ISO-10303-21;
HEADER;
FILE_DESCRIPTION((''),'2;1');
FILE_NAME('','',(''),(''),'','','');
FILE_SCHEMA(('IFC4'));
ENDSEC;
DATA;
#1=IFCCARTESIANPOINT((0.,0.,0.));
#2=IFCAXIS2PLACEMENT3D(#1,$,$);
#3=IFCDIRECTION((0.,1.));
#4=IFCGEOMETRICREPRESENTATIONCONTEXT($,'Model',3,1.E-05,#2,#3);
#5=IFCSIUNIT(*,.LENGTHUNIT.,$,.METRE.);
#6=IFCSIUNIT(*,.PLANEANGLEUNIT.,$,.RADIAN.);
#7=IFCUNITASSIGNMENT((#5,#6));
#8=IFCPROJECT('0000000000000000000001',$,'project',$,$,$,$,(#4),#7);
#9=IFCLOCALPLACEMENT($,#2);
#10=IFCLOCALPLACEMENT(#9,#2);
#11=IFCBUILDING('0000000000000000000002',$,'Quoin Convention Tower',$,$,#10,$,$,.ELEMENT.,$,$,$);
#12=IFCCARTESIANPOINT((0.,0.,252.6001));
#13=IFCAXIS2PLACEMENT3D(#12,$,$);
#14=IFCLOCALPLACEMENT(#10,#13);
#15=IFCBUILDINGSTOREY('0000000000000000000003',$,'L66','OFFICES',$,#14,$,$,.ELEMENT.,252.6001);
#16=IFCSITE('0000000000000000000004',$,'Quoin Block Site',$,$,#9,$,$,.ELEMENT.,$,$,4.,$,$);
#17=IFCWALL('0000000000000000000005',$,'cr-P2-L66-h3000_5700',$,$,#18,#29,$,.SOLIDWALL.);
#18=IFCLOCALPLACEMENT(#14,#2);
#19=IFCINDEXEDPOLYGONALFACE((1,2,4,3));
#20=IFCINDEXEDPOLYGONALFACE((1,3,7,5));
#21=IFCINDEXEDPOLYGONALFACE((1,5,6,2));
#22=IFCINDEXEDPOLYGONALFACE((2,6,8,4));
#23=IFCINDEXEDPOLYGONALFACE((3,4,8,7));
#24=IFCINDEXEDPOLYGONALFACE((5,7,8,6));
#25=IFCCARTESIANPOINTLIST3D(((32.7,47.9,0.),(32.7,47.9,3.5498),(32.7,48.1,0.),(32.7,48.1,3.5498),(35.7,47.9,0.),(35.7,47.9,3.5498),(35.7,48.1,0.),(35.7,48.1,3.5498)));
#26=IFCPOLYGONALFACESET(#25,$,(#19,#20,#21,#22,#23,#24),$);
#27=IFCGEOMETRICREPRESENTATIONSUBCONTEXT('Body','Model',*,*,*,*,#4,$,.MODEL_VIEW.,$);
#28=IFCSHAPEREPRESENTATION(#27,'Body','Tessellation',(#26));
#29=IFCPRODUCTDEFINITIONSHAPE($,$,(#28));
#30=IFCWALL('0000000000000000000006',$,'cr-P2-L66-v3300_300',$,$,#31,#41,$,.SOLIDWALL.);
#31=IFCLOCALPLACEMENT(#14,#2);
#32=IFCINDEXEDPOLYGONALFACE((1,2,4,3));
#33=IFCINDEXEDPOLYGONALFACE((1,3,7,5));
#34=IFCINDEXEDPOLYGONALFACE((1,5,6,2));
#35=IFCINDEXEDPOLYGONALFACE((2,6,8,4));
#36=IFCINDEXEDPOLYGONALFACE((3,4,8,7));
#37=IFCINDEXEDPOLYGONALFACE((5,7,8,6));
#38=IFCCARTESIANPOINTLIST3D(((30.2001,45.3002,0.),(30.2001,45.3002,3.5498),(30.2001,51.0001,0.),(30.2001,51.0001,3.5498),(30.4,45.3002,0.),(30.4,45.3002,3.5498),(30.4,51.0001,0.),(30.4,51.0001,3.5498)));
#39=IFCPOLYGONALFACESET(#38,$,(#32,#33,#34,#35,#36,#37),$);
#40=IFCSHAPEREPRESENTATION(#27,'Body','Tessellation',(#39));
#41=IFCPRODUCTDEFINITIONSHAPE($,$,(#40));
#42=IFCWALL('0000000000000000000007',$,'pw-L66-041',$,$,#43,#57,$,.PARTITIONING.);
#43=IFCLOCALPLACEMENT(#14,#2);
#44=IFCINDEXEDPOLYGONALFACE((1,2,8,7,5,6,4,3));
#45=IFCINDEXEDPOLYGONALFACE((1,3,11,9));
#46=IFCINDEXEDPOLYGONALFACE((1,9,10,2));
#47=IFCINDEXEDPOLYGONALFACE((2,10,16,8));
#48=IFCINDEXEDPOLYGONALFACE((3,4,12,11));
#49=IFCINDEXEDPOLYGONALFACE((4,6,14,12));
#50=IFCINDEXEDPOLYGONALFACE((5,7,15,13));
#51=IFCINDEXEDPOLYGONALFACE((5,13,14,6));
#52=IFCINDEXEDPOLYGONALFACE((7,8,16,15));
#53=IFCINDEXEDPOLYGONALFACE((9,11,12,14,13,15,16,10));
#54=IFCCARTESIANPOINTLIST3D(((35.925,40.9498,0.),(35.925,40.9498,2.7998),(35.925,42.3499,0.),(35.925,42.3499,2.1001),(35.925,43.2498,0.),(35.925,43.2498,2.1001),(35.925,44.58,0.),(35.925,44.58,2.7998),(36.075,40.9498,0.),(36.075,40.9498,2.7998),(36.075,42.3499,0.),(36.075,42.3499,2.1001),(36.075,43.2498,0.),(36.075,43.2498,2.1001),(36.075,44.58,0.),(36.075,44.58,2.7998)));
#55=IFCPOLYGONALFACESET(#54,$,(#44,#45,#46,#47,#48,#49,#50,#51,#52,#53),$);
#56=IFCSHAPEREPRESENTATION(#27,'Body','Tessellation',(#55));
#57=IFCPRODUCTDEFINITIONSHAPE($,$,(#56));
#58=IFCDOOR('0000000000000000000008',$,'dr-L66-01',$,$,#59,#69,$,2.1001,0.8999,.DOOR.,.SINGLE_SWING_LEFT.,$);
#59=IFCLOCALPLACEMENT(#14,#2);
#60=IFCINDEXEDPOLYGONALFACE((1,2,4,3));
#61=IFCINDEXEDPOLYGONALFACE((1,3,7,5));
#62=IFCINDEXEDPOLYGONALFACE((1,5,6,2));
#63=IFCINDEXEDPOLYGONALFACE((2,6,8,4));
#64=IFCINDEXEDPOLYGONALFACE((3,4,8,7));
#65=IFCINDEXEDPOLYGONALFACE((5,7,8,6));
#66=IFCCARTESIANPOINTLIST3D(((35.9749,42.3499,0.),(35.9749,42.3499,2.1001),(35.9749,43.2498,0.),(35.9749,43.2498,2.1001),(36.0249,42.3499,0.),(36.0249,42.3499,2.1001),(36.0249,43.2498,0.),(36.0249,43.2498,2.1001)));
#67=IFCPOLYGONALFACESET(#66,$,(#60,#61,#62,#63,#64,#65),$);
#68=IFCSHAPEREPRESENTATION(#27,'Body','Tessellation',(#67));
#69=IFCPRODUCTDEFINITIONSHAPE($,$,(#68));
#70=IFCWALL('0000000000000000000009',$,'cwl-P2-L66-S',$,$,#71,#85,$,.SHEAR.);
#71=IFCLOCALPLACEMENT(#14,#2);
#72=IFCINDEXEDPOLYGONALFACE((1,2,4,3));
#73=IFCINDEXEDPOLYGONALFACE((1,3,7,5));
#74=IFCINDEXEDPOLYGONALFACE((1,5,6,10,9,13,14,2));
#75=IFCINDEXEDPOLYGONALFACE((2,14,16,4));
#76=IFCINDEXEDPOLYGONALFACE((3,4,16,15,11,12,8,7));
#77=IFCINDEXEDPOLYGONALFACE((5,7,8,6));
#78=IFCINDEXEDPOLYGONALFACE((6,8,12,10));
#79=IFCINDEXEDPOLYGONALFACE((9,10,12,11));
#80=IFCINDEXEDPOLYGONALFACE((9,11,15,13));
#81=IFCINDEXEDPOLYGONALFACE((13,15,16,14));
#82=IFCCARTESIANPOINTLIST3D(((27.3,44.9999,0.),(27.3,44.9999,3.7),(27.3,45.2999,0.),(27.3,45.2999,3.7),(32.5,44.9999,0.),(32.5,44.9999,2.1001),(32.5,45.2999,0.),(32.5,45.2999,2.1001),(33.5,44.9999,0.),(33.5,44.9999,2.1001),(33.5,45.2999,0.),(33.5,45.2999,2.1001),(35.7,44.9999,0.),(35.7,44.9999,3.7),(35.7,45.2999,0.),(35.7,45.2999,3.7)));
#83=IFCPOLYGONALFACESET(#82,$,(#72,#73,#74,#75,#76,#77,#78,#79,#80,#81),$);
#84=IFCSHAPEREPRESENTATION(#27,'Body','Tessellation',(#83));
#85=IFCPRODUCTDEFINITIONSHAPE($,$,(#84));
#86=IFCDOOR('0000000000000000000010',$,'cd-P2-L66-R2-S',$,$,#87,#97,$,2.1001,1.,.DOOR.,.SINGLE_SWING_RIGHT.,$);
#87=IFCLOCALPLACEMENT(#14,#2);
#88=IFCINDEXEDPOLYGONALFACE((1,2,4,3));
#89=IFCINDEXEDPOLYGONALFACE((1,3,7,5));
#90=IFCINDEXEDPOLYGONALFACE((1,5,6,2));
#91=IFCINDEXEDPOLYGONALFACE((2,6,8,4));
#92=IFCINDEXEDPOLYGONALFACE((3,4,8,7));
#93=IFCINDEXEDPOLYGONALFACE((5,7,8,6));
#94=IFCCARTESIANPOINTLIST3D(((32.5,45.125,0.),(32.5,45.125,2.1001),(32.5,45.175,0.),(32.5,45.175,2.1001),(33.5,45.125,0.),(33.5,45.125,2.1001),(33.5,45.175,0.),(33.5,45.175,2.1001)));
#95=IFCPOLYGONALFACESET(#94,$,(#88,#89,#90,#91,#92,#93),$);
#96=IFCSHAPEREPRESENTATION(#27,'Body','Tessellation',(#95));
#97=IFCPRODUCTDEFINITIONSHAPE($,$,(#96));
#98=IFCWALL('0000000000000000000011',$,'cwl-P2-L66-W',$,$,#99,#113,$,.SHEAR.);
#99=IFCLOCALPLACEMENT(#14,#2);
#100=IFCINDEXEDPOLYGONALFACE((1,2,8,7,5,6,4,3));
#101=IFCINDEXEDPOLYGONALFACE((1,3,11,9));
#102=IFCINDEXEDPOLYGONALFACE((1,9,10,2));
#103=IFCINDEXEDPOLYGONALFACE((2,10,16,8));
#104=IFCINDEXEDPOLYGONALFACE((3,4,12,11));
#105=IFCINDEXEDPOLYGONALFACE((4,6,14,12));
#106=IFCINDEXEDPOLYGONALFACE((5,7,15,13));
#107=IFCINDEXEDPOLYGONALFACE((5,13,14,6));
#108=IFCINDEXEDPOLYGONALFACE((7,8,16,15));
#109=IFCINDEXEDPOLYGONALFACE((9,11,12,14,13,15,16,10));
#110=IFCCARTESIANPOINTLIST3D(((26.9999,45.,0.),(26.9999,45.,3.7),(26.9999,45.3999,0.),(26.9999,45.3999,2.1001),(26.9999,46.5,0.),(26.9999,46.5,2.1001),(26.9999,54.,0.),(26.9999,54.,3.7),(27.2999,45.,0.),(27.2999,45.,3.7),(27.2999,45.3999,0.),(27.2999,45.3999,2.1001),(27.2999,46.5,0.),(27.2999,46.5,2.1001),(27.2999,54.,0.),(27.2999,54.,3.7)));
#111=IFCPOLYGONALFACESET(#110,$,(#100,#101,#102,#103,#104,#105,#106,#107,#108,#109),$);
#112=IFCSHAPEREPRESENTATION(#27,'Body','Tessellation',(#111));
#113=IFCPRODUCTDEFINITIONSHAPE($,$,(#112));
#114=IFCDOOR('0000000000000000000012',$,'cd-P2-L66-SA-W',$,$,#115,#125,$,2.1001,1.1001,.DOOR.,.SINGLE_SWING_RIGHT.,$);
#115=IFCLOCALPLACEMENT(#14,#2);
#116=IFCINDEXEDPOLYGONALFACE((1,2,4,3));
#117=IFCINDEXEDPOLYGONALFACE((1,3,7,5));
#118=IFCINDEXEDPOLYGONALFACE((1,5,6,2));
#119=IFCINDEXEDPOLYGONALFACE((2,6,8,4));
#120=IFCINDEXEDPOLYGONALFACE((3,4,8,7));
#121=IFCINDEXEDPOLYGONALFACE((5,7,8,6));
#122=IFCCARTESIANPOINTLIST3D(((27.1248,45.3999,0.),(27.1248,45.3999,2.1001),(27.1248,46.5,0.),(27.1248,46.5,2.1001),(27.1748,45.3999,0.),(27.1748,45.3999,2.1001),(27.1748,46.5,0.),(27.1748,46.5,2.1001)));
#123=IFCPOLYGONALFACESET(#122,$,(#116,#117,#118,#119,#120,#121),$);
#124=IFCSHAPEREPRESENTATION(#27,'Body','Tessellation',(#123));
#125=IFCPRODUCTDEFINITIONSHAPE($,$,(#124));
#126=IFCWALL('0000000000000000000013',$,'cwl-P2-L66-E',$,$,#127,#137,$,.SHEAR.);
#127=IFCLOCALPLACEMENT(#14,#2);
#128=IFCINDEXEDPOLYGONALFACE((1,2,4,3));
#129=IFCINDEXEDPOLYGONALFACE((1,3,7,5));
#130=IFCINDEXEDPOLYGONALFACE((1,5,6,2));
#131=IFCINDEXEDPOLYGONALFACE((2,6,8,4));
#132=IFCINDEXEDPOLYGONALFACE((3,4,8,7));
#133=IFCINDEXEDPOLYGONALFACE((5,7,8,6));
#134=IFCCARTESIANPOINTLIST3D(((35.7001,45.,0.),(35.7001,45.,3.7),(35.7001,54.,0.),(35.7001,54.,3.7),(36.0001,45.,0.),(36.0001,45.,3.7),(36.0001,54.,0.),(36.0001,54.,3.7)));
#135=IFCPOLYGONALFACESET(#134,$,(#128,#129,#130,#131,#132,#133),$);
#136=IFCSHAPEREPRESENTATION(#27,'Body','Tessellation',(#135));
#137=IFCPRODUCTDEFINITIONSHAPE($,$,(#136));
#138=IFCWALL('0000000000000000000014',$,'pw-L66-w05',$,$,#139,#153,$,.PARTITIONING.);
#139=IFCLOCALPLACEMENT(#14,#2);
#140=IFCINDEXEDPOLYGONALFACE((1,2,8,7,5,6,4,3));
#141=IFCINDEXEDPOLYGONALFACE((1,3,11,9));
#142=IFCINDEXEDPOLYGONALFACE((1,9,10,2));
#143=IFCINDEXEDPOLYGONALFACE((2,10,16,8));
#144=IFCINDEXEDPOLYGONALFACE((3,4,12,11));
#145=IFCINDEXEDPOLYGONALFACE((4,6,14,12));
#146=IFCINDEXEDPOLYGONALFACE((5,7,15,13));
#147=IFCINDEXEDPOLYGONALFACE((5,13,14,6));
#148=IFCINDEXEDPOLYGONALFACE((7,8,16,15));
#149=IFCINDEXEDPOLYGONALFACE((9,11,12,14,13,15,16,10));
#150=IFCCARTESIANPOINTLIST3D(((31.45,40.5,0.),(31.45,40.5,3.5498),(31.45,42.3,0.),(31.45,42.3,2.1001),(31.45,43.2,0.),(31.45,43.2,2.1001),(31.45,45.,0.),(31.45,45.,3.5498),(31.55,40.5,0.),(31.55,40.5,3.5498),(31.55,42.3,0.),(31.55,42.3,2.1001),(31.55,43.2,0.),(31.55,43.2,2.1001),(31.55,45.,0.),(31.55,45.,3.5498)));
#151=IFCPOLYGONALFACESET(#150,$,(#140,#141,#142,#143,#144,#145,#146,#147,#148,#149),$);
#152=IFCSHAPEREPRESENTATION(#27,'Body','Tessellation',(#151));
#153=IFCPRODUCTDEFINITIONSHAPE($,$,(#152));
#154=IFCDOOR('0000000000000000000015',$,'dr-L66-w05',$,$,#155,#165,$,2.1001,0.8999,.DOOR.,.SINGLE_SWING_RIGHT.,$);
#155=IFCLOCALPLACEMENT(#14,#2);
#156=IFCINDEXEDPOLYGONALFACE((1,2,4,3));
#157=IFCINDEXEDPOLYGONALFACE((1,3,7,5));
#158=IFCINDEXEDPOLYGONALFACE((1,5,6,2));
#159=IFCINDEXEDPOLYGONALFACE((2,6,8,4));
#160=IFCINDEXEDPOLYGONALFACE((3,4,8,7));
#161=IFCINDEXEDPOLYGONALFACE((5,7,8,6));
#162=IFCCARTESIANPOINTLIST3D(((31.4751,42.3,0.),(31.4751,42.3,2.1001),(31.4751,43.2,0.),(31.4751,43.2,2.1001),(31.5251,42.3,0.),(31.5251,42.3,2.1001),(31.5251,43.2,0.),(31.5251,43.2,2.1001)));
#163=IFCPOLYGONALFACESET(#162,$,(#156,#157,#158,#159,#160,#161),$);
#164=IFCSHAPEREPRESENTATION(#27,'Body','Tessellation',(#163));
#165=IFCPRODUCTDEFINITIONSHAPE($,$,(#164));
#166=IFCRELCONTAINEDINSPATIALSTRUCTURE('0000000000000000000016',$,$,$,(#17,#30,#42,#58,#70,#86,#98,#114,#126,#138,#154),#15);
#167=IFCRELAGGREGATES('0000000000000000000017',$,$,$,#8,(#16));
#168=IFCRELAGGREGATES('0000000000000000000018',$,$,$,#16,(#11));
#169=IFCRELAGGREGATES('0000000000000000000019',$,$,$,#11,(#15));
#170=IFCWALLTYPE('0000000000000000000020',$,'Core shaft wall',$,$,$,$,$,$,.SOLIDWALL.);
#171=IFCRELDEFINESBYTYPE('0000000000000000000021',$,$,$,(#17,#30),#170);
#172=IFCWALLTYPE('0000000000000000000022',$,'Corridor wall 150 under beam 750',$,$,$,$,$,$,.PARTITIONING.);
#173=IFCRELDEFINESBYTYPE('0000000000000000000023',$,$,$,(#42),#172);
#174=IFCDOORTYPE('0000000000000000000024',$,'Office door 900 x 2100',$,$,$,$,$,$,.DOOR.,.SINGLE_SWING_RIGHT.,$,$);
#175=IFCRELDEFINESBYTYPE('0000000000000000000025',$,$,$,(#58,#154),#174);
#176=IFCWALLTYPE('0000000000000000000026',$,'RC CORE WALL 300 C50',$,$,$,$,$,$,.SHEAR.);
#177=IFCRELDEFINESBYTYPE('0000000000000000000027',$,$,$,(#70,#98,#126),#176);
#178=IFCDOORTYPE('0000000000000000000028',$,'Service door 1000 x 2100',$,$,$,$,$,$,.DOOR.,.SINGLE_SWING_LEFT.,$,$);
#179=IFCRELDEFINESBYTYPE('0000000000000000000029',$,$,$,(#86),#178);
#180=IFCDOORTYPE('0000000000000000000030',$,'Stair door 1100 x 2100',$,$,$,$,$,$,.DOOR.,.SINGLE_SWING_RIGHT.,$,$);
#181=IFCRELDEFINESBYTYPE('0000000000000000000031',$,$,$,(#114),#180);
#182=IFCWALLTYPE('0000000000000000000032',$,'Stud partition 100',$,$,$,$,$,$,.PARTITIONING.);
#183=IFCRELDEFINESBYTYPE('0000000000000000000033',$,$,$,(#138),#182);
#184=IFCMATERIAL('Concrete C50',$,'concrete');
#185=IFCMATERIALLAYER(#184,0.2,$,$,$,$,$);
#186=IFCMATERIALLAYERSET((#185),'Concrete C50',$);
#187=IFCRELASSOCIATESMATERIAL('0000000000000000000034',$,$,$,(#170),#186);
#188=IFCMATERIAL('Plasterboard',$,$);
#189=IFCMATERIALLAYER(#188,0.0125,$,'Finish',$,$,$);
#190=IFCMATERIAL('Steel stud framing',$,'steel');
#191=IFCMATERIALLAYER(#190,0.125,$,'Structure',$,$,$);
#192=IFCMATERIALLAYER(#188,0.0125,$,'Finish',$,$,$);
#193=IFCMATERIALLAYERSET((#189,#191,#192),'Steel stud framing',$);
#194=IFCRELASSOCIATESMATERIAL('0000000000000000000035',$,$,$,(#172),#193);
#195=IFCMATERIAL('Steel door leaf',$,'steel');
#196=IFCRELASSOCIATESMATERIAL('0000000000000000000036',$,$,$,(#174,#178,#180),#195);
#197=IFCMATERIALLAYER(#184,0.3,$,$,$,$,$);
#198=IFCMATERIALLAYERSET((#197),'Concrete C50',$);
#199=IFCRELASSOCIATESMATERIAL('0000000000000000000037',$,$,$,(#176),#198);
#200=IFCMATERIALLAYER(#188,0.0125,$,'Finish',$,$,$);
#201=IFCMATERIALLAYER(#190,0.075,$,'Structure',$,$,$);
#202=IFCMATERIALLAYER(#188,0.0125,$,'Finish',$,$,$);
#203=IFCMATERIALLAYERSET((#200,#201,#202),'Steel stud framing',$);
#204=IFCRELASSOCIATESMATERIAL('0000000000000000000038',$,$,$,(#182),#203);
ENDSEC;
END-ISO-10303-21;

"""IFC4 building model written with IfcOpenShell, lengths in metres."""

from ifc_helpers import new_model, si_unit, direction, frame, frame_2d, origin, place, context, subcontext, project, spatial, rectangle, extrude, material, layer, layer_set, type_object, element, fill, save


model = new_model("IFC4")

# Units and contexts
model_context = context("Model", 3, precision=1e-05, world=origin(), true_north=direction((0.0, 1.0)))
body_context = subcontext(model_context, "Body", "Model", "MODEL_VIEW")
ifc_project = project(units=[si_unit("LENGTHUNIT", "METRE"), si_unit("PLANEANGLEUNIT", "RADIAN")], contexts=[model_context])

# Site, building, storey
site_placement = place(None, origin())
site = spatial("IfcSite", under=ifc_project, at=site_placement, Name="Quoin Block Site", CompositionType="ELEMENT", RefElevation=4.0)
building_placement = place(site_placement, origin())
building = spatial("IfcBuilding", under=site, at=building_placement, Name="Quoin Convention Tower", CompositionType="ELEMENT")
storey_placement = place(building_placement, frame((0.0, 0.0, 252.6001)))
storey = spatial("IfcBuildingStorey", under=building, at=storey_placement, Name="L66", Description="OFFICES", CompositionType="ELEMENT", Elevation=252.6001)

# Shared definitions
ifc_material_1 = material(Name="Concrete C50", Category="concrete")

# Walls
ifc_layer_1 = layer(ifc_material_1, 0.2)
ifc_layer_set_1 = layer_set([ifc_layer_1], Name="Concrete C50")
wall_type_1 = type_object("IfcWallType", Name="Core shaft wall", PredefinedType="SOLIDWALL", material=ifc_layer_set_1)
wall_1_placement = place(storey_placement, frame((32.7, 48.0, 0.0), z_axis=(0.0, 0.0, 1.0), x_axis=(1.0, 0.0, 0.0)))
element("IfcWall", 1, at=wall_1_placement, inside=storey, type_object=wall_type_1, Name="cr-P2-L66-h3000_5700", PredefinedType="SOLIDWALL", context=body_context, shape_type="SweptSolid", body=[
    extrude(rectangle(XDim=3.0, YDim=0.2, at=frame_2d((1.5, 0.0))), origin(), (0.0, 0.0, 1.0), 3.5498),
])
wall_2_placement = place(storey_placement, frame((30.3, 45.3, 0.0), z_axis=(0.0, 0.0, 1.0), x_axis=(0.0, 1.0, 0.0)))
element("IfcWall", 2, at=wall_2_placement, inside=storey, type_object=wall_type_1, Name="cr-P2-L66-v3300_300", PredefinedType="SOLIDWALL", context=body_context, shape_type="SweptSolid", body=[
    extrude(rectangle(XDim=5.7, YDim=0.2, at=frame_2d((2.8501, 0.0))), origin(), (0.0, 0.0, 1.0), 3.5498),
])

# Walls, openings, doors
ifc_material_2 = material(Name="Plasterboard")
ifc_layer_2 = layer(ifc_material_2, 0.0125, Name="Finish")
ifc_material_3 = material(Name="Steel stud framing", Category="steel")
ifc_layer_3 = layer(ifc_material_3, 0.125, Name="Structure")
ifc_layer_4 = layer(ifc_material_2, 0.0125, Name="Finish")
ifc_layer_set_2 = layer_set([ifc_layer_2, ifc_layer_3, ifc_layer_4], Name="Steel stud framing")
wall_type_2 = type_object("IfcWallType", Name="Corridor wall 150 under beam 750", PredefinedType="PARTITIONING", material=ifc_layer_set_2)
wall_3_placement = place(storey_placement, frame((36.0, 40.95, 0.0), z_axis=(0.0, 0.0, 1.0), x_axis=(0.0, 1.0, 0.0)))
wall_3 = element("IfcWall", 3, at=wall_3_placement, inside=storey, type_object=wall_type_2, Name="pw-L66-041", PredefinedType="PARTITIONING", context=body_context, shape_type="SweptSolid", body=[
    extrude(rectangle(XDim=3.6301, YDim=0.1499, at=frame_2d((1.8149, 0.0))), origin(), (0.0, 0.0, 1.0), 2.7998),
])
opening_1_placement = place(wall_3_placement, frame((1.3999, 0.0, 0.0)))
opening_1 = element("IfcOpeningElement", 4, at=opening_1_placement, cuts=wall_3, PredefinedType="OPENING", context=body_context, shape_type="SweptSolid", body=[
    extrude(rectangle(XDim=0.8999, YDim=2.1001, at=frame_2d((0.45, 1.05))), frame((0.0, 0.085, 0.0), z_axis=(0.0, -1.0, 0.0), x_axis=(1.0, 0.0, 0.0)), (0.0, 0.0, 1.0), 0.1699),
])
ifc_material_4 = material(Name="Steel door leaf", Category="steel")
door_type_1 = type_object("IfcDoorType", Name="Office door 900 x 2100", OperationType="SINGLE_SWING_RIGHT", PredefinedType="DOOR", material=ifc_material_4)
door_1_placement = place(opening_1_placement, frame((0.8999, 0.0, 0.0), z_axis=(0.0, 0.0, 1.0), x_axis=(-1.0, 0.0, 0.0)))
door_1 = element("IfcDoor", 5, at=door_1_placement, inside=storey, type_object=door_type_1, Name="dr-L66-01", OperationType="SINGLE_SWING_LEFT", OverallHeight=2.1001, OverallWidth=0.8999, PredefinedType="DOOR", context=body_context, shape_type="SweptSolid", body=[
    extrude(rectangle(XDim=0.8999, YDim=2.1001, at=frame_2d((0.45, 1.05))), frame((0.0, 0.0249, 0.0), z_axis=(0.0, -1.0, 0.0), x_axis=(1.0, 0.0, 0.0)), (0.0, 0.0, 1.0), 0.05),
])
fill(opening_1, door_1)
ifc_layer_5 = layer(ifc_material_1, 0.3)
ifc_layer_set_3 = layer_set([ifc_layer_5], Name="Concrete C50")
wall_type_3 = type_object("IfcWallType", Name="RC CORE WALL 300 C50", PredefinedType="SHEAR", material=ifc_layer_set_3)
wall_4_placement = place(storey_placement, frame((27.3, 45.1499, 0.0), z_axis=(0.0, 0.0, 1.0), x_axis=(1.0, 0.0, 0.0)))
wall_4 = element("IfcWall", 6, at=wall_4_placement, inside=storey, type_object=wall_type_3, Name="cwl-P2-L66-S", PredefinedType="SHEAR", context=body_context, shape_type="SweptSolid", body=[
    extrude(rectangle(XDim=8.3999, YDim=0.3, at=frame_2d((4.2, 0.0))), origin(), (0.0, 0.0, 1.0), 3.7),
])
opening_2_placement = place(wall_4_placement, frame((5.2, 0.0, 0.0)))
opening_2 = element("IfcOpeningElement", 7, at=opening_2_placement, cuts=wall_4, PredefinedType="OPENING", context=body_context, shape_type="SweptSolid", body=[
    extrude(rectangle(XDim=1.0, YDim=2.1001, at=frame_2d((0.5, 1.05))), frame((0.0, 0.1599, 0.0), z_axis=(0.0, -1.0, 0.0), x_axis=(1.0, 0.0, 0.0)), (0.0, 0.0, 1.0), 0.3201),
])
door_type_2 = type_object("IfcDoorType", Name="Service door 1000 x 2100", OperationType="SINGLE_SWING_LEFT", PredefinedType="DOOR", material=ifc_material_4)
door_2_placement = place(opening_2_placement, frame((1.0, 0.0, 0.0), z_axis=(0.0, 0.0, 1.0), x_axis=(-1.0, 0.0, 0.0)))
door_2 = element("IfcDoor", 8, at=door_2_placement, inside=storey, type_object=door_type_2, Name="cd-P2-L66-R2-S", OperationType="SINGLE_SWING_RIGHT", OverallHeight=2.1001, OverallWidth=1.0, PredefinedType="DOOR", context=body_context, shape_type="SweptSolid", body=[
    extrude(rectangle(XDim=1.0, YDim=2.1001, at=frame_2d((0.5, 1.05))), frame((0.0, 0.0249, 0.0), z_axis=(0.0, -1.0, 0.0), x_axis=(1.0, 0.0, 0.0)), (0.0, 0.0, 1.0), 0.05),
])
fill(opening_2, door_2)
wall_5_placement = place(storey_placement, frame((27.1499, 45.0, 0.0), z_axis=(0.0, 0.0, 1.0), x_axis=(0.0, 1.0, 0.0)))
wall_5 = element("IfcWall", 9, at=wall_5_placement, inside=storey, type_object=wall_type_3, Name="cwl-P2-L66-W", PredefinedType="SHEAR", context=body_context, shape_type="SweptSolid", body=[
    extrude(rectangle(XDim=9.0, YDim=0.3, at=frame_2d((4.5, 0.0))), origin(), (0.0, 0.0, 1.0), 3.7),
])
opening_3_placement = place(wall_5_placement, frame((0.3999, 0.0, 0.0)))
opening_3 = element("IfcOpeningElement", 10, at=opening_3_placement, cuts=wall_5, PredefinedType="OPENING", context=body_context, shape_type="SweptSolid", body=[
    extrude(rectangle(XDim=1.1001, YDim=2.1001, at=frame_2d((0.55, 1.05))), frame((0.0, 0.1599, 0.0), z_axis=(0.0, -1.0, 0.0), x_axis=(1.0, 0.0, 0.0)), (0.0, 0.0, 1.0), 0.3201),
])
door_type_3 = type_object("IfcDoorType", Name="Stair door 1100 x 2100", OperationType="SINGLE_SWING_RIGHT", PredefinedType="DOOR", material=ifc_material_4)
door_3_placement = place(opening_3_placement, frame((1.1001, 0.0, 0.0), z_axis=(0.0, 0.0, 1.0), x_axis=(-1.0, 0.0, 0.0)))
door_3 = element("IfcDoor", 11, at=door_3_placement, inside=storey, type_object=door_type_3, Name="cd-P2-L66-SA-W", OperationType="SINGLE_SWING_RIGHT", OverallHeight=2.1001, OverallWidth=1.1001, PredefinedType="DOOR", context=body_context, shape_type="SweptSolid", body=[
    extrude(rectangle(XDim=1.1001, YDim=2.1001, at=frame_2d((0.55, 1.05))), frame((0.0, 0.0249, 0.0), z_axis=(0.0, -1.0, 0.0), x_axis=(1.0, 0.0, 0.0)), (0.0, 0.0, 1.0), 0.05),
])
fill(opening_3, door_3)

# Wall
wall_6_placement = place(storey_placement, frame((35.8501, 45.0, 0.0), z_axis=(0.0, 0.0, 1.0), x_axis=(0.0, 1.0, 0.0)))
element("IfcWall", 12, at=wall_6_placement, inside=storey, type_object=wall_type_3, Name="cwl-P2-L66-E", PredefinedType="SHEAR", context=body_context, shape_type="SweptSolid", body=[
    extrude(rectangle(XDim=9.0, YDim=0.3, at=frame_2d((4.5, 0.0))), origin(), (0.0, 0.0, 1.0), 3.7),
])

# Wall, opening, door
ifc_layer_6 = layer(ifc_material_2, 0.0125, Name="Finish")
ifc_layer_7 = layer(ifc_material_3, 0.075, Name="Structure")
ifc_layer_8 = layer(ifc_material_2, 0.0125, Name="Finish")
ifc_layer_set_4 = layer_set([ifc_layer_6, ifc_layer_7, ifc_layer_8], Name="Steel stud framing")
wall_type_4 = type_object("IfcWallType", Name="Stud partition 100", PredefinedType="PARTITIONING", material=ifc_layer_set_4)
wall_7_placement = place(storey_placement, frame((31.5, 45.0, 0.0), z_axis=(0.0, 0.0, 1.0), x_axis=(0.0, -1.0, 0.0)))
wall_7 = element("IfcWall", 13, at=wall_7_placement, inside=storey, type_object=wall_type_4, Name="pw-L66-w05", PredefinedType="PARTITIONING", context=body_context, shape_type="SweptSolid", body=[
    extrude(rectangle(XDim=4.5, YDim=0.1001, at=frame_2d((2.25, 0.0))), origin(), (0.0, 0.0, 1.0), 3.5498),
])
opening_4_placement = place(wall_7_placement, frame((1.8, 0.0, 0.0)))
opening_4 = element("IfcOpeningElement", 14, at=opening_4_placement, cuts=wall_7, PredefinedType="OPENING", context=body_context, shape_type="SweptSolid", body=[
    extrude(rectangle(XDim=0.8999, YDim=2.1001, at=frame_2d((0.45, 1.05))), frame((0.0, 0.0601, 0.0), z_axis=(0.0, -1.0, 0.0), x_axis=(1.0, 0.0, 0.0)), (0.0, 0.0, 1.0), 0.1201),
])
door_4_placement = place(opening_4_placement, frame((0.8999, 0.0, 0.0), z_axis=(0.0, 0.0, 1.0), x_axis=(-1.0, 0.0, 0.0)))
door_4 = element("IfcDoor", 15, at=door_4_placement, inside=storey, type_object=door_type_1, Name="dr-L66-w05", OperationType="SINGLE_SWING_RIGHT", OverallHeight=2.1001, OverallWidth=0.8999, PredefinedType="DOOR", context=body_context, shape_type="SweptSolid", body=[
    extrude(rectangle(XDim=0.8999, YDim=2.1001, at=frame_2d((0.45, 1.05))), frame((0.0, 0.0249, 0.0), z_axis=(0.0, -1.0, 0.0), x_axis=(1.0, 0.0, 0.0)), (0.0, 0.0, 1.0), 0.05),
])
fill(opening_4, door_4)

save(model, "model.ifc")
